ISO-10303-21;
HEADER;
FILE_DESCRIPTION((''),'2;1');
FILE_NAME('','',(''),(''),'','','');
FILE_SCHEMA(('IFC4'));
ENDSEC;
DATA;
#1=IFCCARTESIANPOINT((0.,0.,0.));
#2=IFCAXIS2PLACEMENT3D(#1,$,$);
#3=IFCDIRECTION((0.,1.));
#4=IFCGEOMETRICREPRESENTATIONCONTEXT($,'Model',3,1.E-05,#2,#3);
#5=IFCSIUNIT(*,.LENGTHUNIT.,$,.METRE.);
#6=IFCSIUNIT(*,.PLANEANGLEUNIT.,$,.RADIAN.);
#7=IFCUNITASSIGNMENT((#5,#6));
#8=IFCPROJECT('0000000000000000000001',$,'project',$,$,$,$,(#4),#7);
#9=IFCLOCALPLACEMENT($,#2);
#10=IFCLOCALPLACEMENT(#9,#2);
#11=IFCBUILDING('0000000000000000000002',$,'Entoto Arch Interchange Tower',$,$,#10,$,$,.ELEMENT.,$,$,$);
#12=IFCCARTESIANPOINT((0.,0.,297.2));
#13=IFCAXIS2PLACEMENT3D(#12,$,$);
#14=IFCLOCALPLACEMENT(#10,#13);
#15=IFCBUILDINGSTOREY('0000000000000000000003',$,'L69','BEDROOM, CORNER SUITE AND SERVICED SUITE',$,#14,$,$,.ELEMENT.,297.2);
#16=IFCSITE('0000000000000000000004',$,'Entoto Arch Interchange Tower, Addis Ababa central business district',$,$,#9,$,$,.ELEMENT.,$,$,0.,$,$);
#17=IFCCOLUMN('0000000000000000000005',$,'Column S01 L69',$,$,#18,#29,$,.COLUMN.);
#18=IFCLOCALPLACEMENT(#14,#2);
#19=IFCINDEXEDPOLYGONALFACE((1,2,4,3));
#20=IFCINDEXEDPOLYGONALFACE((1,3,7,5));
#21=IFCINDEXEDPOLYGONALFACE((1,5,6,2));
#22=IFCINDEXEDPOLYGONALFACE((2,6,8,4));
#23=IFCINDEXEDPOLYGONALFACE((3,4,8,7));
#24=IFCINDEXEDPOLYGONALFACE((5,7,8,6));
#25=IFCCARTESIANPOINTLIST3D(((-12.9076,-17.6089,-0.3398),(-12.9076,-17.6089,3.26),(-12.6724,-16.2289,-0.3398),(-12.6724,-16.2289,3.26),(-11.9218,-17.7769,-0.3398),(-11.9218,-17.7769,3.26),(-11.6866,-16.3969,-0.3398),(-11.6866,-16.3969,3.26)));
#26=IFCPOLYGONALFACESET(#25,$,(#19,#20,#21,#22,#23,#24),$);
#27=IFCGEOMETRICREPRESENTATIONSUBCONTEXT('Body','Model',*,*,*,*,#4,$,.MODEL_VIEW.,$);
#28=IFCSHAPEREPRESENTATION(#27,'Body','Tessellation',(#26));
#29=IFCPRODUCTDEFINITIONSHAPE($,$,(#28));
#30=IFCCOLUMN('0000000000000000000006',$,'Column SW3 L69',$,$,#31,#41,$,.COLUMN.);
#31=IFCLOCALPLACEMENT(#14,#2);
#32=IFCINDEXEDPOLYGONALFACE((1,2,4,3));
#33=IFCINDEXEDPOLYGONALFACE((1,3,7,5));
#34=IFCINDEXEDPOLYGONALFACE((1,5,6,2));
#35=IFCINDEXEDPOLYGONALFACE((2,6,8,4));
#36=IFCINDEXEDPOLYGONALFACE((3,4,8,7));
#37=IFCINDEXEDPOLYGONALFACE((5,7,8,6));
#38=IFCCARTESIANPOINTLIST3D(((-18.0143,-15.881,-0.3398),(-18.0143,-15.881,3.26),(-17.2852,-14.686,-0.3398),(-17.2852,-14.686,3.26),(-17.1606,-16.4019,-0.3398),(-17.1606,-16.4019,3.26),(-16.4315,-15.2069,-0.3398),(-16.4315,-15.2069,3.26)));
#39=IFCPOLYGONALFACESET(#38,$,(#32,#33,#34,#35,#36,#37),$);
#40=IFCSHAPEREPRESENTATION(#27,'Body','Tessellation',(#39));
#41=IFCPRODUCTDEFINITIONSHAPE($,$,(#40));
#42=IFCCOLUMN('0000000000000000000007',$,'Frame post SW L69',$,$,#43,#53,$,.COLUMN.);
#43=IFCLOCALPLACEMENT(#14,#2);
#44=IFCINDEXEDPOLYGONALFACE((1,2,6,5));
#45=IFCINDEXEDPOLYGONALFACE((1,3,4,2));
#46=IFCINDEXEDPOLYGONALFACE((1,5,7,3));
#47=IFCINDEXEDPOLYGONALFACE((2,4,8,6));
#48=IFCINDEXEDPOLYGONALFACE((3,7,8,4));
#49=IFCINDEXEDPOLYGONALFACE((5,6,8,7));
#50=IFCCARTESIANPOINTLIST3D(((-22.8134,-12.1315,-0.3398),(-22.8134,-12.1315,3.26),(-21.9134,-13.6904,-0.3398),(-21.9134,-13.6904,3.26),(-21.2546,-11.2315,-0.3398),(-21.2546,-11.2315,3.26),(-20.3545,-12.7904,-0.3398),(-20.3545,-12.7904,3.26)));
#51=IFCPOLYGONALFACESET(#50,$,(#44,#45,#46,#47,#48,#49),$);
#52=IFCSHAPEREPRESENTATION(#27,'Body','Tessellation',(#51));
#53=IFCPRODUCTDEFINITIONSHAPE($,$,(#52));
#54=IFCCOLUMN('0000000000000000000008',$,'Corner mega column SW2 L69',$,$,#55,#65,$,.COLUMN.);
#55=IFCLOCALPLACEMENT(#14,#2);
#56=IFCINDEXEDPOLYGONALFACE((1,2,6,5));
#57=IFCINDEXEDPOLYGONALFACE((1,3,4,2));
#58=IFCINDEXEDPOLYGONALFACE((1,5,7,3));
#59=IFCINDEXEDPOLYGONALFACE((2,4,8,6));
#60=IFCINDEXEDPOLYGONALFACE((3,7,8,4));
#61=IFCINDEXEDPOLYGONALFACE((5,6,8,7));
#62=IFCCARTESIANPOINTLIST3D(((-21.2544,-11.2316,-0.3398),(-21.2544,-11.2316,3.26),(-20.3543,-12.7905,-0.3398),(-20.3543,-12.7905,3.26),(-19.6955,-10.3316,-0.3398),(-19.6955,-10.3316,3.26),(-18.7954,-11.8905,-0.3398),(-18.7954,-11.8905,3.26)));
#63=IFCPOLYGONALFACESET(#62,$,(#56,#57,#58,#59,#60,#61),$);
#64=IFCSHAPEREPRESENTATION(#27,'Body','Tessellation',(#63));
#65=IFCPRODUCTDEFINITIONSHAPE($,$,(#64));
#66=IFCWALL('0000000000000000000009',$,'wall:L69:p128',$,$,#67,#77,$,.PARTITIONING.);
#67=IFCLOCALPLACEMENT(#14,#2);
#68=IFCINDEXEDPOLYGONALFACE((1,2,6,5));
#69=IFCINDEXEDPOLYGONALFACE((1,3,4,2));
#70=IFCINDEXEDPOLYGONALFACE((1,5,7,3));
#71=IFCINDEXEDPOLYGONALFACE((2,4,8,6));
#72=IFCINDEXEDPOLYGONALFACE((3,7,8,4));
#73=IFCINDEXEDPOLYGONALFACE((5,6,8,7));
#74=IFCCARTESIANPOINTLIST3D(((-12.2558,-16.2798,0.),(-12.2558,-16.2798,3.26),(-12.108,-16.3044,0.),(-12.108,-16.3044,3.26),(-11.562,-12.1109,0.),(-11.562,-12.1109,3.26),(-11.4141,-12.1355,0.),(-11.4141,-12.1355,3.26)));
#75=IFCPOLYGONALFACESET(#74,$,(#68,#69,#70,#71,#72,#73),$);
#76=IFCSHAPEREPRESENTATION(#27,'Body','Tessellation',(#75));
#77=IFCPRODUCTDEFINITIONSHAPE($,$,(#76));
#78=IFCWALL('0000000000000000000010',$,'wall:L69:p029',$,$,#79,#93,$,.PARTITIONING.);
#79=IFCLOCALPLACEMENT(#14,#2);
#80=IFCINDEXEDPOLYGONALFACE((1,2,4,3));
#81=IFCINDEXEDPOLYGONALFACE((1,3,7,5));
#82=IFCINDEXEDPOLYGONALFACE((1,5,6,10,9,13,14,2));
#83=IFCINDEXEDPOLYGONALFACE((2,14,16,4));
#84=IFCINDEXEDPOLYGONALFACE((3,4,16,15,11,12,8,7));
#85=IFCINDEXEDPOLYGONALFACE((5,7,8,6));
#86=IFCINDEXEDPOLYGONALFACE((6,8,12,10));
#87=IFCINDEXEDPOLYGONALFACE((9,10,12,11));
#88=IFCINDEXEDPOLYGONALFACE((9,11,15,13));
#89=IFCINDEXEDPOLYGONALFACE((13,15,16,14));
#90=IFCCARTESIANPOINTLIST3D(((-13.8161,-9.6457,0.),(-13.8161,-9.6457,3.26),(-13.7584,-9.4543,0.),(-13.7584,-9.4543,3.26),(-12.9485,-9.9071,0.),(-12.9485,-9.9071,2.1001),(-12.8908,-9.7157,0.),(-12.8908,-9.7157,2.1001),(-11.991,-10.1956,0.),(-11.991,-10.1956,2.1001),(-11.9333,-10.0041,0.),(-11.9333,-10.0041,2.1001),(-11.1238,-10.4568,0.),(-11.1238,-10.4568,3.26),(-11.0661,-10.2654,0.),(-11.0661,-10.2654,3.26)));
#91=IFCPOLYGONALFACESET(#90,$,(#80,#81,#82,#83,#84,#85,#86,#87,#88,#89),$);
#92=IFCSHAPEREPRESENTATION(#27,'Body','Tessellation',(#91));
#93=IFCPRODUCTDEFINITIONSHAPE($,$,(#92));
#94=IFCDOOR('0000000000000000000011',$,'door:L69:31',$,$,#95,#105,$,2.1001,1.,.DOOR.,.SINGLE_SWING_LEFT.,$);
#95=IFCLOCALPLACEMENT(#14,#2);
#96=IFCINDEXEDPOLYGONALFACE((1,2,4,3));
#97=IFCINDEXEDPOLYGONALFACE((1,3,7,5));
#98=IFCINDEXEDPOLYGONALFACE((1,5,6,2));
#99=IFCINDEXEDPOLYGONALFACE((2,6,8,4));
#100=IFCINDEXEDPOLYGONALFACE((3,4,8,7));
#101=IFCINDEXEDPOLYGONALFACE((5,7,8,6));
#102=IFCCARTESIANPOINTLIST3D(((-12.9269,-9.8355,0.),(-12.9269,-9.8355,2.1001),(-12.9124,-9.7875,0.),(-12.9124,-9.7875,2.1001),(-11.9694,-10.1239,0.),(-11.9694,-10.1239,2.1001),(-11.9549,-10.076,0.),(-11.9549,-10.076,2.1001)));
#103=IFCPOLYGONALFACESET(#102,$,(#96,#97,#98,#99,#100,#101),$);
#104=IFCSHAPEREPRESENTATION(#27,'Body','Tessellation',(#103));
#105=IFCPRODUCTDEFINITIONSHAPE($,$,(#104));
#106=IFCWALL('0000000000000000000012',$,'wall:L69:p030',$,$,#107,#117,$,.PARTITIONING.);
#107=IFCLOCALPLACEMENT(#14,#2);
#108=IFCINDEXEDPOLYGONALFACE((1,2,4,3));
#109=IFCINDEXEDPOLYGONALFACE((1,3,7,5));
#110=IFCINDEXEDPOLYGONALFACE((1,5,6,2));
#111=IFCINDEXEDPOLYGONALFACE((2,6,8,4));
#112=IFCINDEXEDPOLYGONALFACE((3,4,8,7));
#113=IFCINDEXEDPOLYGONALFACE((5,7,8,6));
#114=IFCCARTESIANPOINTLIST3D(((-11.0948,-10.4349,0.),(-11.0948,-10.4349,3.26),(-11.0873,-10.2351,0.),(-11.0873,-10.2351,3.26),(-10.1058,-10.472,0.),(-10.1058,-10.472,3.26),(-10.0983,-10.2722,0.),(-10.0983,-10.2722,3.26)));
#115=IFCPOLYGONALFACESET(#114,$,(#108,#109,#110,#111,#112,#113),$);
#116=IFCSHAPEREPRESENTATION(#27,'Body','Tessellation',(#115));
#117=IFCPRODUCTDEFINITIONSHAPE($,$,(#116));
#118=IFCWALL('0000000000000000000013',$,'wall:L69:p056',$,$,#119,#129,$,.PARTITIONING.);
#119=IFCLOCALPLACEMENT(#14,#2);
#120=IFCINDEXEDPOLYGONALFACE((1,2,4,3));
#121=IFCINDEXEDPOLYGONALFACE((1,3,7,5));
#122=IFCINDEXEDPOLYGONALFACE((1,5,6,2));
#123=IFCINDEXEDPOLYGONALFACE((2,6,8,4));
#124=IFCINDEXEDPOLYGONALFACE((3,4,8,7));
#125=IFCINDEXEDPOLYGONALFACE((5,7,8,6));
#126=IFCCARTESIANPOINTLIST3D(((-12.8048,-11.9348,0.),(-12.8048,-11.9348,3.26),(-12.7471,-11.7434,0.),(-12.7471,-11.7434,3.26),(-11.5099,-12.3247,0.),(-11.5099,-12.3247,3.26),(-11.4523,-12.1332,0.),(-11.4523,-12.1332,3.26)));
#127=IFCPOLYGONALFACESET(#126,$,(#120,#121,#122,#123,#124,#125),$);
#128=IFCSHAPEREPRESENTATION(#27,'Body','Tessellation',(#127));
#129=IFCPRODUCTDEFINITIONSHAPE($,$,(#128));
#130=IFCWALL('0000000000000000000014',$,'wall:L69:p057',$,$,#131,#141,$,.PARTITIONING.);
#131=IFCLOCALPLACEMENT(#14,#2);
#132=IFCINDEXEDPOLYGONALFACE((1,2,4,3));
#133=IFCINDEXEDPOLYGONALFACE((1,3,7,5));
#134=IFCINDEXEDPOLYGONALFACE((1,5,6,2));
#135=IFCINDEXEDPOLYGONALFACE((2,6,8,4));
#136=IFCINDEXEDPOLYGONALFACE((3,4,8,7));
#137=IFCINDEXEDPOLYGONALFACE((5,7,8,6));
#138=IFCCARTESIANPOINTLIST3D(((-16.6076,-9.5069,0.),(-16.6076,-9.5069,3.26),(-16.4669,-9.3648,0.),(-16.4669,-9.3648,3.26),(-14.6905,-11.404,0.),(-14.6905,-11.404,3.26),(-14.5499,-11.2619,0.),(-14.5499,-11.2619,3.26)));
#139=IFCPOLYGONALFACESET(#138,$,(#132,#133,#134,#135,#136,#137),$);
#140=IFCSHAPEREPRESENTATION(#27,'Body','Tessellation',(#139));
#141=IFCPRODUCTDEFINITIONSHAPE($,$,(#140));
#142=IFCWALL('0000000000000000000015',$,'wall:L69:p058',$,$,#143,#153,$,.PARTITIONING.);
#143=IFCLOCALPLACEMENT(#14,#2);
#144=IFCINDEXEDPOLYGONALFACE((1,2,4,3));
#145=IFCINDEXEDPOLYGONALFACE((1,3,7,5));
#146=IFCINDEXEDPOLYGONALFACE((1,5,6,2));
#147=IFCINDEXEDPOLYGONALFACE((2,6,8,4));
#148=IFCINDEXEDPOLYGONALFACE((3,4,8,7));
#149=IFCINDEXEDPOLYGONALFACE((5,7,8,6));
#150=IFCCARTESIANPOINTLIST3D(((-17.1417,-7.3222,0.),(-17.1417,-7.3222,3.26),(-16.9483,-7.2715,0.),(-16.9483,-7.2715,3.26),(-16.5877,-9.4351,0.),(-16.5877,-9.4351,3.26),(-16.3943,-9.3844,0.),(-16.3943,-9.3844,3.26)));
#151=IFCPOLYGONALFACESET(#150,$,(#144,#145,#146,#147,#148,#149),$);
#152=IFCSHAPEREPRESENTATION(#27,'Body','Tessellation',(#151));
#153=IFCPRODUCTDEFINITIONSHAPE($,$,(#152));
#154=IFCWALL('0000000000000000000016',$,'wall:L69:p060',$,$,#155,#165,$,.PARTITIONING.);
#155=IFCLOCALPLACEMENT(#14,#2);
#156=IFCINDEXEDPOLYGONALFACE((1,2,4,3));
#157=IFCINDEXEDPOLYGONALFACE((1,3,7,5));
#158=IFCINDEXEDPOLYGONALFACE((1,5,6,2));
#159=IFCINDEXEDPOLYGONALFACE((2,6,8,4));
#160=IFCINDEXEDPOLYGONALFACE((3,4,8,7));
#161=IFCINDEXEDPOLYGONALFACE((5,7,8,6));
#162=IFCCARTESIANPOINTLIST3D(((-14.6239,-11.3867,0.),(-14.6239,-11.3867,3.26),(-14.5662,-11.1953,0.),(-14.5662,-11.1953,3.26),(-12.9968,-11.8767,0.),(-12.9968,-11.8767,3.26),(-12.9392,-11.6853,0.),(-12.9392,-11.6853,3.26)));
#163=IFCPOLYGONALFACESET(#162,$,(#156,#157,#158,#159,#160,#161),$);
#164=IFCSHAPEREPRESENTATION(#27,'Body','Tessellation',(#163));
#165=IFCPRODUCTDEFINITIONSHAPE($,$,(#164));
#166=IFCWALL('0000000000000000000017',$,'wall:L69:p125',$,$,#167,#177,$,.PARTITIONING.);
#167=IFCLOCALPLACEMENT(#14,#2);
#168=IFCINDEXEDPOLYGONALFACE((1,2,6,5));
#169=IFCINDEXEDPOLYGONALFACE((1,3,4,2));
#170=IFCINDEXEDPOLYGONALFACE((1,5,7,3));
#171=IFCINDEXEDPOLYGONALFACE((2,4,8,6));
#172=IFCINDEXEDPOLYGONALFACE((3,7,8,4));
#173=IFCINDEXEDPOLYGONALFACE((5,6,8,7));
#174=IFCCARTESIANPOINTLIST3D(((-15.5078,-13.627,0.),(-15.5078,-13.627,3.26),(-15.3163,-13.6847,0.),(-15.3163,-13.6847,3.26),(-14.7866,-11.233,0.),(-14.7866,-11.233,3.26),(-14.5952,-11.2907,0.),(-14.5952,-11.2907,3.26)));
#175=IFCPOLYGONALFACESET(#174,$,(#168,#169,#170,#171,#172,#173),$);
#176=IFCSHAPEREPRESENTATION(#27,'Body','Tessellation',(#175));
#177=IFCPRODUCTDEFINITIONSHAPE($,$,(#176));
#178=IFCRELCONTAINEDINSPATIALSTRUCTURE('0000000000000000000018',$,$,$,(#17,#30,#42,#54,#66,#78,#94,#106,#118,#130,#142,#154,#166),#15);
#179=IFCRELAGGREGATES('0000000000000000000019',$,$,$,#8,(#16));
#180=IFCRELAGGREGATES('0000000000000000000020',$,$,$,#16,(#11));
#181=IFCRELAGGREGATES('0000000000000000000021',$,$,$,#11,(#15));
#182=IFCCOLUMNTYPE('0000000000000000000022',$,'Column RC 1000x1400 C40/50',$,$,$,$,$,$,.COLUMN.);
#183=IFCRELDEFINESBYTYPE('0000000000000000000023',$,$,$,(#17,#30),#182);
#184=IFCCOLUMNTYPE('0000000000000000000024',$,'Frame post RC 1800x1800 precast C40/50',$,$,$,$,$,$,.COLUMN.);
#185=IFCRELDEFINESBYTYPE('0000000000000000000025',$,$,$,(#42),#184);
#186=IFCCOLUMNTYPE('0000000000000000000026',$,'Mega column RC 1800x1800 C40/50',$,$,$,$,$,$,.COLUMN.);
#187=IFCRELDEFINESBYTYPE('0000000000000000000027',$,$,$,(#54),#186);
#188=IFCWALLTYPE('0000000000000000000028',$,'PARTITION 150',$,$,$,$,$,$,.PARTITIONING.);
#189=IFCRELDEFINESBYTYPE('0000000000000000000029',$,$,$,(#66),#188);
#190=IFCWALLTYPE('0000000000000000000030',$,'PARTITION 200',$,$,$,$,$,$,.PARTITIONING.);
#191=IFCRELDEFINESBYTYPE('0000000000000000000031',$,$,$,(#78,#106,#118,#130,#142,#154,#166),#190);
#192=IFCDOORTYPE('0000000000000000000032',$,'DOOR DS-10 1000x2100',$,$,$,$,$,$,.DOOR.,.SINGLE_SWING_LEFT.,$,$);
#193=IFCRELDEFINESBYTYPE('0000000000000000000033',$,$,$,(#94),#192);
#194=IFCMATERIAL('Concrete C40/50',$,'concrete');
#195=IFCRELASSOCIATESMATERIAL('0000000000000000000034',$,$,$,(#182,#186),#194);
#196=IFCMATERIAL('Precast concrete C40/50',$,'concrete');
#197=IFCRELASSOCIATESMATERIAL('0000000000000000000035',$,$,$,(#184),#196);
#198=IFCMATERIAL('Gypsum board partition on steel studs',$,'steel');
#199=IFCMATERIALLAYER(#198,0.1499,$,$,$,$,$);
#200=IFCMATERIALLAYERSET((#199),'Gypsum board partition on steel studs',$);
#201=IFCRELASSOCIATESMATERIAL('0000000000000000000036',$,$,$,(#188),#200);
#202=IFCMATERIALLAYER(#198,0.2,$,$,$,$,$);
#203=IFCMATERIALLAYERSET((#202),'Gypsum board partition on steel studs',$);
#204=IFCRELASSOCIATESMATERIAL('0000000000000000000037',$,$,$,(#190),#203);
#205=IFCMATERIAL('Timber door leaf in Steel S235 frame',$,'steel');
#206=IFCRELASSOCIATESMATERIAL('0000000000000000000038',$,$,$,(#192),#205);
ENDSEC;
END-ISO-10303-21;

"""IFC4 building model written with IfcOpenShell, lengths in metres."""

from ifc_helpers import new_model, si_unit, direction, frame, frame_2d, origin, origin_2d, place, context, subcontext, project, spatial, rectangle, extrude, material, layer, layer_set, material_profile, profile_set, type_object, element, fill, save


model = new_model("IFC4")

# Units and contexts
model_context = context("Model", 3, precision=1e-05, world=origin(), true_north=direction((0.0, 1.0)))
body_context = subcontext(model_context, "Body", "Model", "MODEL_VIEW")
ifc_project = project(units=[si_unit("LENGTHUNIT", "METRE"), si_unit("PLANEANGLEUNIT", "RADIAN")], contexts=[model_context])

# Site, building, storey
site_placement = place(None, origin())
site = spatial("IfcSite", under=ifc_project, at=site_placement, Name="Entoto Arch Interchange Tower, Addis Ababa central business district", CompositionType="ELEMENT", RefElevation=0.0)
building_placement = place(site_placement, origin())
building = spatial("IfcBuilding", under=site, at=building_placement, Name="Entoto Arch Interchange Tower", CompositionType="ELEMENT")
storey_placement = place(building_placement, frame((0.0, 0.0, 297.2)))
storey = spatial("IfcBuildingStorey", under=building, at=storey_placement, Name="L69", Description="BEDROOM, CORNER SUITE AND SERVICED SUITE", CompositionType="ELEMENT", Elevation=297.2)

# Columns
ifc_material_1 = material(Name="Concrete C40/50", Category="concrete")
ifc_material_profile_1 = material_profile(ifc_material_1, rectangle(XDim=1.0, YDim=1.3999, at=origin_2d()))
ifc_profile_set_1 = profile_set([ifc_material_profile_1], Name="Concrete C40/50")
column_type_1 = type_object("IfcColumnType", Name="Column RC 1000x1400 C40/50", PredefinedType="COLUMN", material=ifc_profile_set_1)
for number, where, z_axis, x_axis, name in (
    (1, (-12.2971, -17.0029, -0.3398), (0.0, 0.0, 1.0), (-0.985786, 0.168008, 0.0), "Column S01 L69"),
    (2, (-17.2229, -15.5439, -0.3398), (0.0, 0.0, 1.0), (-0.853651, 0.520846, 0.0), "Column SW3 L69"),
):
    element("IfcColumn", number, at=place(storey_placement, frame(where, z_axis=z_axis, x_axis=x_axis)), inside=storey, type_object=column_type_1, Name=name, PredefinedType="COLUMN", context=body_context, shape_type="SweptSolid", body=[
        extrude(rectangle(XDim=1.0, YDim=1.3999, at=origin_2d()), origin(), (0.0, 0.0, 1.0), 3.5999),
    ])
ifc_material_2 = material(Name="Precast concrete C40/50", Category="concrete")
ifc_material_profile_2 = material_profile(ifc_material_2, rectangle(XDim=1.8, YDim=1.8, at=origin_2d()))
ifc_profile_set_2 = profile_set([ifc_material_profile_2], Name="Precast concrete C40/50")
column_type_2 = type_object("IfcColumnType", Name="Frame post RC 1800x1800 precast C40/50", PredefinedType="COLUMN", material=ifc_profile_set_2)
column_1_placement = place(storey_placement, frame((-21.584, -12.4609, -0.3398), z_axis=(0.0, 0.0, 1.0), x_axis=(0.866025, 0.5, 0.0)))
element("IfcColumn", 3, at=column_1_placement, inside=storey, type_object=column_type_2, Name="Frame post SW L69", PredefinedType="COLUMN", context=body_context, shape_type="SweptSolid", body=[
    extrude(rectangle(XDim=1.8, YDim=1.8, at=origin_2d()), origin(), (0.0, 0.0, 1.0), 3.5999),
])
ifc_material_profile_3 = material_profile(ifc_material_1, rectangle(XDim=1.8, YDim=1.8, at=origin_2d()))
ifc_profile_set_3 = profile_set([ifc_material_profile_3], Name="Concrete C40/50")
column_type_3 = type_object("IfcColumnType", Name="Mega column RC 1800x1800 C40/50", PredefinedType="COLUMN", material=ifc_profile_set_3)
column_2_placement = place(storey_placement, frame((-20.0249, -11.561, -0.3398), z_axis=(0.0, 0.0, 1.0), x_axis=(0.866025, 0.5, 0.0)))
element("IfcColumn", 4, at=column_2_placement, inside=storey, type_object=column_type_3, Name="Corner mega column SW2 L69", PredefinedType="COLUMN", context=body_context, shape_type="SweptSolid", body=[
    extrude(rectangle(XDim=1.8, YDim=1.8, at=origin_2d()), origin(), (0.0, 0.0, 1.0), 3.5999),
])

# Wall
ifc_material_3 = material(Name="Gypsum board partition on steel studs", Category="steel")
ifc_layer_1 = layer(ifc_material_3, 0.1499)
ifc_layer_set_1 = layer_set([ifc_layer_1], Name="Gypsum board partition on steel studs")
wall_type_1 = type_object("IfcWallType", Name="PARTITION 150", PredefinedType="PARTITIONING", material=ifc_layer_set_1)
wall_1_placement = place(storey_placement, frame((-11.488, -12.123, 0.0), z_axis=(0.0, 0.0, 1.0), x_axis=(-0.164174, -0.986431, 0.0)))
element("IfcWall", 5, at=wall_1_placement, inside=storey, type_object=wall_type_1, Name="wall:L69:p128", PredefinedType="PARTITIONING", context=body_context, shape_type="SweptSolid", body=[
    extrude(rectangle(XDim=4.2263, YDim=0.1499, at=frame_2d((2.1133, 0.0))), origin(), (0.0, 0.0, 1.0), 3.26),
])

# Wall, opening, door
ifc_layer_2 = layer(ifc_material_3, 0.2)
ifc_layer_set_2 = layer_set([ifc_layer_2], Name="Gypsum board partition on steel studs")
wall_type_2 = type_object("IfcWallType", Name="PARTITION 200", PredefinedType="PARTITIONING", material=ifc_layer_set_2)
wall_2_placement = place(storey_placement, frame((-13.7871, -9.55, 0.0), z_axis=(0.0, 0.0, 1.0), x_axis=(0.957493, -0.288455, 0.0)))
wall_2 = element("IfcWall", 6, at=wall_2_placement, inside=storey, type_object=wall_type_2, Name="wall:L69:p029", PredefinedType="PARTITIONING", context=body_context, shape_type="SweptSolid", body=[
    extrude(rectangle(XDim=2.8118, YDim=0.2, at=frame_2d((1.4058, 0.0))), origin(), (0.0, 0.0, 1.0), 3.26),
])
opening_1_placement = place(wall_2_placement, frame((0.906, 0.0, 0.0)))
opening_1 = element("IfcOpeningElement", 7, at=opening_1_placement, cuts=wall_2, PredefinedType="OPENING", context=body_context, shape_type="SweptSolid", body=[
    extrude(rectangle(XDim=1.0, YDim=2.1001, at=frame_2d((0.5, 1.05))), frame((0.0, 0.1099, 0.0), z_axis=(0.0, -1.0, 0.0), x_axis=(1.0, 0.0, 0.0)), (0.0, 0.0, 1.0), 0.22),
])
ifc_material_4 = material(Name="Timber door leaf in Steel S235 frame", Category="steel")
door_type_1 = type_object("IfcDoorType", Name="DOOR DS-10 1000x2100", OperationType="SINGLE_SWING_LEFT", PredefinedType="DOOR", material=ifc_material_4)
door_1_placement = place(opening_1_placement, origin())
door_1 = element("IfcDoor", 8, at=door_1_placement, inside=storey, type_object=door_type_1, Name="door:L69:31", OperationType="SINGLE_SWING_LEFT", OverallHeight=2.1001, OverallWidth=1.0, PredefinedType="DOOR", context=body_context, shape_type="SweptSolid", body=[
    extrude(rectangle(XDim=1.0, YDim=2.1001, at=frame_2d((0.5, 1.05))), frame((0.0, 0.0249, 0.0), z_axis=(0.0, -1.0, 0.0), x_axis=(1.0, 0.0, 0.0)), (0.0, 0.0, 1.0), 0.05),
])
fill(opening_1, door_1)

# Walls
wall_3_placement = place(storey_placement, frame((-11.0911, -10.335, 0.0), z_axis=(0.0, 0.0, 1.0), x_axis=(0.999297, -0.037495, 0.0)))
element("IfcWall", 9, at=wall_3_placement, inside=storey, type_object=wall_type_2, Name="wall:L69:p030", PredefinedType="PARTITIONING", context=body_context, shape_type="SweptSolid", body=[
    extrude(rectangle(XDim=0.9897, YDim=0.2, at=frame_2d((0.4949, 0.0))), origin(), (0.0, 0.0, 1.0), 3.26),
])
wall_4_placement = place(storey_placement, frame((-11.481, -12.229, 0.0), z_axis=(0.0, 0.0, 1.0), x_axis=(-0.957538, 0.288308, 0.0)))
element("IfcWall", 10, at=wall_4_placement, inside=storey, type_object=wall_type_2, Name="wall:L69:p056", PredefinedType="PARTITIONING", context=body_context, shape_type="SweptSolid", body=[
    extrude(rectangle(XDim=1.3523, YDim=0.2, at=frame_2d((0.6763, 0.0))), origin(), (0.0, 0.0, 1.0), 3.26),
])
wall_5_placement = place(storey_placement, frame((-14.6201, -11.333, 0.0), z_axis=(0.0, 0.0, 1.0), x_axis=(-0.710809, 0.703385, 0.0)))
element("IfcWall", 11, at=wall_5_placement, inside=storey, type_object=wall_type_2, Name="wall:L69:p057", PredefinedType="PARTITIONING", context=body_context, shape_type="SweptSolid", body=[
    extrude(rectangle(XDim=2.697, YDim=0.2, at=frame_2d((1.3486, 0.0))), origin(), (0.0, 0.0, 1.0), 3.26),
])
wall_6_placement = place(storey_placement, frame((-16.491, -9.4099, 0.0), z_axis=(0.0, 0.0, 1.0), x_axis=(-0.253618, 0.967304, 0.0)))
element("IfcWall", 12, at=wall_6_placement, inside=storey, type_object=wall_type_2, Name="wall:L69:p058", PredefinedType="PARTITIONING", context=body_context, shape_type="SweptSolid", body=[
    extrude(rectangle(XDim=2.1843, YDim=0.2, at=frame_2d((1.0923, 0.0))), origin(), (0.0, 0.0, 1.0), 3.26),
])
wall_7_placement = place(storey_placement, frame((-12.968, -11.781, 0.0), z_axis=(0.0, 0.0, 1.0), x_axis=(-0.957517, 0.288376, 0.0)))
element("IfcWall", 13, at=wall_7_placement, inside=storey, type_object=wall_type_2, Name="wall:L69:p060", PredefinedType="PARTITIONING", context=body_context, shape_type="SweptSolid", body=[
    extrude(rectangle(XDim=1.6992, YDim=0.2, at=frame_2d((0.8496, 0.0))), origin(), (0.0, 0.0, 1.0), 3.26),
])
wall_8_placement = place(storey_placement, frame((-14.6909, -11.262, 0.0), z_axis=(0.0, 0.0, 1.0), x_axis=(-0.288441, -0.957498, 0.0)))
element("IfcWall", 14, at=wall_8_placement, inside=storey, type_object=wall_type_2, Name="wall:L69:p125", PredefinedType="PARTITIONING", context=body_context, shape_type="SweptSolid", body=[
    extrude(rectangle(XDim=2.5002, YDim=0.2, at=frame_2d((1.25, 0.0))), origin(), (0.0, 0.0, 1.0), 3.26),
])

save(model, "model.ifc")
